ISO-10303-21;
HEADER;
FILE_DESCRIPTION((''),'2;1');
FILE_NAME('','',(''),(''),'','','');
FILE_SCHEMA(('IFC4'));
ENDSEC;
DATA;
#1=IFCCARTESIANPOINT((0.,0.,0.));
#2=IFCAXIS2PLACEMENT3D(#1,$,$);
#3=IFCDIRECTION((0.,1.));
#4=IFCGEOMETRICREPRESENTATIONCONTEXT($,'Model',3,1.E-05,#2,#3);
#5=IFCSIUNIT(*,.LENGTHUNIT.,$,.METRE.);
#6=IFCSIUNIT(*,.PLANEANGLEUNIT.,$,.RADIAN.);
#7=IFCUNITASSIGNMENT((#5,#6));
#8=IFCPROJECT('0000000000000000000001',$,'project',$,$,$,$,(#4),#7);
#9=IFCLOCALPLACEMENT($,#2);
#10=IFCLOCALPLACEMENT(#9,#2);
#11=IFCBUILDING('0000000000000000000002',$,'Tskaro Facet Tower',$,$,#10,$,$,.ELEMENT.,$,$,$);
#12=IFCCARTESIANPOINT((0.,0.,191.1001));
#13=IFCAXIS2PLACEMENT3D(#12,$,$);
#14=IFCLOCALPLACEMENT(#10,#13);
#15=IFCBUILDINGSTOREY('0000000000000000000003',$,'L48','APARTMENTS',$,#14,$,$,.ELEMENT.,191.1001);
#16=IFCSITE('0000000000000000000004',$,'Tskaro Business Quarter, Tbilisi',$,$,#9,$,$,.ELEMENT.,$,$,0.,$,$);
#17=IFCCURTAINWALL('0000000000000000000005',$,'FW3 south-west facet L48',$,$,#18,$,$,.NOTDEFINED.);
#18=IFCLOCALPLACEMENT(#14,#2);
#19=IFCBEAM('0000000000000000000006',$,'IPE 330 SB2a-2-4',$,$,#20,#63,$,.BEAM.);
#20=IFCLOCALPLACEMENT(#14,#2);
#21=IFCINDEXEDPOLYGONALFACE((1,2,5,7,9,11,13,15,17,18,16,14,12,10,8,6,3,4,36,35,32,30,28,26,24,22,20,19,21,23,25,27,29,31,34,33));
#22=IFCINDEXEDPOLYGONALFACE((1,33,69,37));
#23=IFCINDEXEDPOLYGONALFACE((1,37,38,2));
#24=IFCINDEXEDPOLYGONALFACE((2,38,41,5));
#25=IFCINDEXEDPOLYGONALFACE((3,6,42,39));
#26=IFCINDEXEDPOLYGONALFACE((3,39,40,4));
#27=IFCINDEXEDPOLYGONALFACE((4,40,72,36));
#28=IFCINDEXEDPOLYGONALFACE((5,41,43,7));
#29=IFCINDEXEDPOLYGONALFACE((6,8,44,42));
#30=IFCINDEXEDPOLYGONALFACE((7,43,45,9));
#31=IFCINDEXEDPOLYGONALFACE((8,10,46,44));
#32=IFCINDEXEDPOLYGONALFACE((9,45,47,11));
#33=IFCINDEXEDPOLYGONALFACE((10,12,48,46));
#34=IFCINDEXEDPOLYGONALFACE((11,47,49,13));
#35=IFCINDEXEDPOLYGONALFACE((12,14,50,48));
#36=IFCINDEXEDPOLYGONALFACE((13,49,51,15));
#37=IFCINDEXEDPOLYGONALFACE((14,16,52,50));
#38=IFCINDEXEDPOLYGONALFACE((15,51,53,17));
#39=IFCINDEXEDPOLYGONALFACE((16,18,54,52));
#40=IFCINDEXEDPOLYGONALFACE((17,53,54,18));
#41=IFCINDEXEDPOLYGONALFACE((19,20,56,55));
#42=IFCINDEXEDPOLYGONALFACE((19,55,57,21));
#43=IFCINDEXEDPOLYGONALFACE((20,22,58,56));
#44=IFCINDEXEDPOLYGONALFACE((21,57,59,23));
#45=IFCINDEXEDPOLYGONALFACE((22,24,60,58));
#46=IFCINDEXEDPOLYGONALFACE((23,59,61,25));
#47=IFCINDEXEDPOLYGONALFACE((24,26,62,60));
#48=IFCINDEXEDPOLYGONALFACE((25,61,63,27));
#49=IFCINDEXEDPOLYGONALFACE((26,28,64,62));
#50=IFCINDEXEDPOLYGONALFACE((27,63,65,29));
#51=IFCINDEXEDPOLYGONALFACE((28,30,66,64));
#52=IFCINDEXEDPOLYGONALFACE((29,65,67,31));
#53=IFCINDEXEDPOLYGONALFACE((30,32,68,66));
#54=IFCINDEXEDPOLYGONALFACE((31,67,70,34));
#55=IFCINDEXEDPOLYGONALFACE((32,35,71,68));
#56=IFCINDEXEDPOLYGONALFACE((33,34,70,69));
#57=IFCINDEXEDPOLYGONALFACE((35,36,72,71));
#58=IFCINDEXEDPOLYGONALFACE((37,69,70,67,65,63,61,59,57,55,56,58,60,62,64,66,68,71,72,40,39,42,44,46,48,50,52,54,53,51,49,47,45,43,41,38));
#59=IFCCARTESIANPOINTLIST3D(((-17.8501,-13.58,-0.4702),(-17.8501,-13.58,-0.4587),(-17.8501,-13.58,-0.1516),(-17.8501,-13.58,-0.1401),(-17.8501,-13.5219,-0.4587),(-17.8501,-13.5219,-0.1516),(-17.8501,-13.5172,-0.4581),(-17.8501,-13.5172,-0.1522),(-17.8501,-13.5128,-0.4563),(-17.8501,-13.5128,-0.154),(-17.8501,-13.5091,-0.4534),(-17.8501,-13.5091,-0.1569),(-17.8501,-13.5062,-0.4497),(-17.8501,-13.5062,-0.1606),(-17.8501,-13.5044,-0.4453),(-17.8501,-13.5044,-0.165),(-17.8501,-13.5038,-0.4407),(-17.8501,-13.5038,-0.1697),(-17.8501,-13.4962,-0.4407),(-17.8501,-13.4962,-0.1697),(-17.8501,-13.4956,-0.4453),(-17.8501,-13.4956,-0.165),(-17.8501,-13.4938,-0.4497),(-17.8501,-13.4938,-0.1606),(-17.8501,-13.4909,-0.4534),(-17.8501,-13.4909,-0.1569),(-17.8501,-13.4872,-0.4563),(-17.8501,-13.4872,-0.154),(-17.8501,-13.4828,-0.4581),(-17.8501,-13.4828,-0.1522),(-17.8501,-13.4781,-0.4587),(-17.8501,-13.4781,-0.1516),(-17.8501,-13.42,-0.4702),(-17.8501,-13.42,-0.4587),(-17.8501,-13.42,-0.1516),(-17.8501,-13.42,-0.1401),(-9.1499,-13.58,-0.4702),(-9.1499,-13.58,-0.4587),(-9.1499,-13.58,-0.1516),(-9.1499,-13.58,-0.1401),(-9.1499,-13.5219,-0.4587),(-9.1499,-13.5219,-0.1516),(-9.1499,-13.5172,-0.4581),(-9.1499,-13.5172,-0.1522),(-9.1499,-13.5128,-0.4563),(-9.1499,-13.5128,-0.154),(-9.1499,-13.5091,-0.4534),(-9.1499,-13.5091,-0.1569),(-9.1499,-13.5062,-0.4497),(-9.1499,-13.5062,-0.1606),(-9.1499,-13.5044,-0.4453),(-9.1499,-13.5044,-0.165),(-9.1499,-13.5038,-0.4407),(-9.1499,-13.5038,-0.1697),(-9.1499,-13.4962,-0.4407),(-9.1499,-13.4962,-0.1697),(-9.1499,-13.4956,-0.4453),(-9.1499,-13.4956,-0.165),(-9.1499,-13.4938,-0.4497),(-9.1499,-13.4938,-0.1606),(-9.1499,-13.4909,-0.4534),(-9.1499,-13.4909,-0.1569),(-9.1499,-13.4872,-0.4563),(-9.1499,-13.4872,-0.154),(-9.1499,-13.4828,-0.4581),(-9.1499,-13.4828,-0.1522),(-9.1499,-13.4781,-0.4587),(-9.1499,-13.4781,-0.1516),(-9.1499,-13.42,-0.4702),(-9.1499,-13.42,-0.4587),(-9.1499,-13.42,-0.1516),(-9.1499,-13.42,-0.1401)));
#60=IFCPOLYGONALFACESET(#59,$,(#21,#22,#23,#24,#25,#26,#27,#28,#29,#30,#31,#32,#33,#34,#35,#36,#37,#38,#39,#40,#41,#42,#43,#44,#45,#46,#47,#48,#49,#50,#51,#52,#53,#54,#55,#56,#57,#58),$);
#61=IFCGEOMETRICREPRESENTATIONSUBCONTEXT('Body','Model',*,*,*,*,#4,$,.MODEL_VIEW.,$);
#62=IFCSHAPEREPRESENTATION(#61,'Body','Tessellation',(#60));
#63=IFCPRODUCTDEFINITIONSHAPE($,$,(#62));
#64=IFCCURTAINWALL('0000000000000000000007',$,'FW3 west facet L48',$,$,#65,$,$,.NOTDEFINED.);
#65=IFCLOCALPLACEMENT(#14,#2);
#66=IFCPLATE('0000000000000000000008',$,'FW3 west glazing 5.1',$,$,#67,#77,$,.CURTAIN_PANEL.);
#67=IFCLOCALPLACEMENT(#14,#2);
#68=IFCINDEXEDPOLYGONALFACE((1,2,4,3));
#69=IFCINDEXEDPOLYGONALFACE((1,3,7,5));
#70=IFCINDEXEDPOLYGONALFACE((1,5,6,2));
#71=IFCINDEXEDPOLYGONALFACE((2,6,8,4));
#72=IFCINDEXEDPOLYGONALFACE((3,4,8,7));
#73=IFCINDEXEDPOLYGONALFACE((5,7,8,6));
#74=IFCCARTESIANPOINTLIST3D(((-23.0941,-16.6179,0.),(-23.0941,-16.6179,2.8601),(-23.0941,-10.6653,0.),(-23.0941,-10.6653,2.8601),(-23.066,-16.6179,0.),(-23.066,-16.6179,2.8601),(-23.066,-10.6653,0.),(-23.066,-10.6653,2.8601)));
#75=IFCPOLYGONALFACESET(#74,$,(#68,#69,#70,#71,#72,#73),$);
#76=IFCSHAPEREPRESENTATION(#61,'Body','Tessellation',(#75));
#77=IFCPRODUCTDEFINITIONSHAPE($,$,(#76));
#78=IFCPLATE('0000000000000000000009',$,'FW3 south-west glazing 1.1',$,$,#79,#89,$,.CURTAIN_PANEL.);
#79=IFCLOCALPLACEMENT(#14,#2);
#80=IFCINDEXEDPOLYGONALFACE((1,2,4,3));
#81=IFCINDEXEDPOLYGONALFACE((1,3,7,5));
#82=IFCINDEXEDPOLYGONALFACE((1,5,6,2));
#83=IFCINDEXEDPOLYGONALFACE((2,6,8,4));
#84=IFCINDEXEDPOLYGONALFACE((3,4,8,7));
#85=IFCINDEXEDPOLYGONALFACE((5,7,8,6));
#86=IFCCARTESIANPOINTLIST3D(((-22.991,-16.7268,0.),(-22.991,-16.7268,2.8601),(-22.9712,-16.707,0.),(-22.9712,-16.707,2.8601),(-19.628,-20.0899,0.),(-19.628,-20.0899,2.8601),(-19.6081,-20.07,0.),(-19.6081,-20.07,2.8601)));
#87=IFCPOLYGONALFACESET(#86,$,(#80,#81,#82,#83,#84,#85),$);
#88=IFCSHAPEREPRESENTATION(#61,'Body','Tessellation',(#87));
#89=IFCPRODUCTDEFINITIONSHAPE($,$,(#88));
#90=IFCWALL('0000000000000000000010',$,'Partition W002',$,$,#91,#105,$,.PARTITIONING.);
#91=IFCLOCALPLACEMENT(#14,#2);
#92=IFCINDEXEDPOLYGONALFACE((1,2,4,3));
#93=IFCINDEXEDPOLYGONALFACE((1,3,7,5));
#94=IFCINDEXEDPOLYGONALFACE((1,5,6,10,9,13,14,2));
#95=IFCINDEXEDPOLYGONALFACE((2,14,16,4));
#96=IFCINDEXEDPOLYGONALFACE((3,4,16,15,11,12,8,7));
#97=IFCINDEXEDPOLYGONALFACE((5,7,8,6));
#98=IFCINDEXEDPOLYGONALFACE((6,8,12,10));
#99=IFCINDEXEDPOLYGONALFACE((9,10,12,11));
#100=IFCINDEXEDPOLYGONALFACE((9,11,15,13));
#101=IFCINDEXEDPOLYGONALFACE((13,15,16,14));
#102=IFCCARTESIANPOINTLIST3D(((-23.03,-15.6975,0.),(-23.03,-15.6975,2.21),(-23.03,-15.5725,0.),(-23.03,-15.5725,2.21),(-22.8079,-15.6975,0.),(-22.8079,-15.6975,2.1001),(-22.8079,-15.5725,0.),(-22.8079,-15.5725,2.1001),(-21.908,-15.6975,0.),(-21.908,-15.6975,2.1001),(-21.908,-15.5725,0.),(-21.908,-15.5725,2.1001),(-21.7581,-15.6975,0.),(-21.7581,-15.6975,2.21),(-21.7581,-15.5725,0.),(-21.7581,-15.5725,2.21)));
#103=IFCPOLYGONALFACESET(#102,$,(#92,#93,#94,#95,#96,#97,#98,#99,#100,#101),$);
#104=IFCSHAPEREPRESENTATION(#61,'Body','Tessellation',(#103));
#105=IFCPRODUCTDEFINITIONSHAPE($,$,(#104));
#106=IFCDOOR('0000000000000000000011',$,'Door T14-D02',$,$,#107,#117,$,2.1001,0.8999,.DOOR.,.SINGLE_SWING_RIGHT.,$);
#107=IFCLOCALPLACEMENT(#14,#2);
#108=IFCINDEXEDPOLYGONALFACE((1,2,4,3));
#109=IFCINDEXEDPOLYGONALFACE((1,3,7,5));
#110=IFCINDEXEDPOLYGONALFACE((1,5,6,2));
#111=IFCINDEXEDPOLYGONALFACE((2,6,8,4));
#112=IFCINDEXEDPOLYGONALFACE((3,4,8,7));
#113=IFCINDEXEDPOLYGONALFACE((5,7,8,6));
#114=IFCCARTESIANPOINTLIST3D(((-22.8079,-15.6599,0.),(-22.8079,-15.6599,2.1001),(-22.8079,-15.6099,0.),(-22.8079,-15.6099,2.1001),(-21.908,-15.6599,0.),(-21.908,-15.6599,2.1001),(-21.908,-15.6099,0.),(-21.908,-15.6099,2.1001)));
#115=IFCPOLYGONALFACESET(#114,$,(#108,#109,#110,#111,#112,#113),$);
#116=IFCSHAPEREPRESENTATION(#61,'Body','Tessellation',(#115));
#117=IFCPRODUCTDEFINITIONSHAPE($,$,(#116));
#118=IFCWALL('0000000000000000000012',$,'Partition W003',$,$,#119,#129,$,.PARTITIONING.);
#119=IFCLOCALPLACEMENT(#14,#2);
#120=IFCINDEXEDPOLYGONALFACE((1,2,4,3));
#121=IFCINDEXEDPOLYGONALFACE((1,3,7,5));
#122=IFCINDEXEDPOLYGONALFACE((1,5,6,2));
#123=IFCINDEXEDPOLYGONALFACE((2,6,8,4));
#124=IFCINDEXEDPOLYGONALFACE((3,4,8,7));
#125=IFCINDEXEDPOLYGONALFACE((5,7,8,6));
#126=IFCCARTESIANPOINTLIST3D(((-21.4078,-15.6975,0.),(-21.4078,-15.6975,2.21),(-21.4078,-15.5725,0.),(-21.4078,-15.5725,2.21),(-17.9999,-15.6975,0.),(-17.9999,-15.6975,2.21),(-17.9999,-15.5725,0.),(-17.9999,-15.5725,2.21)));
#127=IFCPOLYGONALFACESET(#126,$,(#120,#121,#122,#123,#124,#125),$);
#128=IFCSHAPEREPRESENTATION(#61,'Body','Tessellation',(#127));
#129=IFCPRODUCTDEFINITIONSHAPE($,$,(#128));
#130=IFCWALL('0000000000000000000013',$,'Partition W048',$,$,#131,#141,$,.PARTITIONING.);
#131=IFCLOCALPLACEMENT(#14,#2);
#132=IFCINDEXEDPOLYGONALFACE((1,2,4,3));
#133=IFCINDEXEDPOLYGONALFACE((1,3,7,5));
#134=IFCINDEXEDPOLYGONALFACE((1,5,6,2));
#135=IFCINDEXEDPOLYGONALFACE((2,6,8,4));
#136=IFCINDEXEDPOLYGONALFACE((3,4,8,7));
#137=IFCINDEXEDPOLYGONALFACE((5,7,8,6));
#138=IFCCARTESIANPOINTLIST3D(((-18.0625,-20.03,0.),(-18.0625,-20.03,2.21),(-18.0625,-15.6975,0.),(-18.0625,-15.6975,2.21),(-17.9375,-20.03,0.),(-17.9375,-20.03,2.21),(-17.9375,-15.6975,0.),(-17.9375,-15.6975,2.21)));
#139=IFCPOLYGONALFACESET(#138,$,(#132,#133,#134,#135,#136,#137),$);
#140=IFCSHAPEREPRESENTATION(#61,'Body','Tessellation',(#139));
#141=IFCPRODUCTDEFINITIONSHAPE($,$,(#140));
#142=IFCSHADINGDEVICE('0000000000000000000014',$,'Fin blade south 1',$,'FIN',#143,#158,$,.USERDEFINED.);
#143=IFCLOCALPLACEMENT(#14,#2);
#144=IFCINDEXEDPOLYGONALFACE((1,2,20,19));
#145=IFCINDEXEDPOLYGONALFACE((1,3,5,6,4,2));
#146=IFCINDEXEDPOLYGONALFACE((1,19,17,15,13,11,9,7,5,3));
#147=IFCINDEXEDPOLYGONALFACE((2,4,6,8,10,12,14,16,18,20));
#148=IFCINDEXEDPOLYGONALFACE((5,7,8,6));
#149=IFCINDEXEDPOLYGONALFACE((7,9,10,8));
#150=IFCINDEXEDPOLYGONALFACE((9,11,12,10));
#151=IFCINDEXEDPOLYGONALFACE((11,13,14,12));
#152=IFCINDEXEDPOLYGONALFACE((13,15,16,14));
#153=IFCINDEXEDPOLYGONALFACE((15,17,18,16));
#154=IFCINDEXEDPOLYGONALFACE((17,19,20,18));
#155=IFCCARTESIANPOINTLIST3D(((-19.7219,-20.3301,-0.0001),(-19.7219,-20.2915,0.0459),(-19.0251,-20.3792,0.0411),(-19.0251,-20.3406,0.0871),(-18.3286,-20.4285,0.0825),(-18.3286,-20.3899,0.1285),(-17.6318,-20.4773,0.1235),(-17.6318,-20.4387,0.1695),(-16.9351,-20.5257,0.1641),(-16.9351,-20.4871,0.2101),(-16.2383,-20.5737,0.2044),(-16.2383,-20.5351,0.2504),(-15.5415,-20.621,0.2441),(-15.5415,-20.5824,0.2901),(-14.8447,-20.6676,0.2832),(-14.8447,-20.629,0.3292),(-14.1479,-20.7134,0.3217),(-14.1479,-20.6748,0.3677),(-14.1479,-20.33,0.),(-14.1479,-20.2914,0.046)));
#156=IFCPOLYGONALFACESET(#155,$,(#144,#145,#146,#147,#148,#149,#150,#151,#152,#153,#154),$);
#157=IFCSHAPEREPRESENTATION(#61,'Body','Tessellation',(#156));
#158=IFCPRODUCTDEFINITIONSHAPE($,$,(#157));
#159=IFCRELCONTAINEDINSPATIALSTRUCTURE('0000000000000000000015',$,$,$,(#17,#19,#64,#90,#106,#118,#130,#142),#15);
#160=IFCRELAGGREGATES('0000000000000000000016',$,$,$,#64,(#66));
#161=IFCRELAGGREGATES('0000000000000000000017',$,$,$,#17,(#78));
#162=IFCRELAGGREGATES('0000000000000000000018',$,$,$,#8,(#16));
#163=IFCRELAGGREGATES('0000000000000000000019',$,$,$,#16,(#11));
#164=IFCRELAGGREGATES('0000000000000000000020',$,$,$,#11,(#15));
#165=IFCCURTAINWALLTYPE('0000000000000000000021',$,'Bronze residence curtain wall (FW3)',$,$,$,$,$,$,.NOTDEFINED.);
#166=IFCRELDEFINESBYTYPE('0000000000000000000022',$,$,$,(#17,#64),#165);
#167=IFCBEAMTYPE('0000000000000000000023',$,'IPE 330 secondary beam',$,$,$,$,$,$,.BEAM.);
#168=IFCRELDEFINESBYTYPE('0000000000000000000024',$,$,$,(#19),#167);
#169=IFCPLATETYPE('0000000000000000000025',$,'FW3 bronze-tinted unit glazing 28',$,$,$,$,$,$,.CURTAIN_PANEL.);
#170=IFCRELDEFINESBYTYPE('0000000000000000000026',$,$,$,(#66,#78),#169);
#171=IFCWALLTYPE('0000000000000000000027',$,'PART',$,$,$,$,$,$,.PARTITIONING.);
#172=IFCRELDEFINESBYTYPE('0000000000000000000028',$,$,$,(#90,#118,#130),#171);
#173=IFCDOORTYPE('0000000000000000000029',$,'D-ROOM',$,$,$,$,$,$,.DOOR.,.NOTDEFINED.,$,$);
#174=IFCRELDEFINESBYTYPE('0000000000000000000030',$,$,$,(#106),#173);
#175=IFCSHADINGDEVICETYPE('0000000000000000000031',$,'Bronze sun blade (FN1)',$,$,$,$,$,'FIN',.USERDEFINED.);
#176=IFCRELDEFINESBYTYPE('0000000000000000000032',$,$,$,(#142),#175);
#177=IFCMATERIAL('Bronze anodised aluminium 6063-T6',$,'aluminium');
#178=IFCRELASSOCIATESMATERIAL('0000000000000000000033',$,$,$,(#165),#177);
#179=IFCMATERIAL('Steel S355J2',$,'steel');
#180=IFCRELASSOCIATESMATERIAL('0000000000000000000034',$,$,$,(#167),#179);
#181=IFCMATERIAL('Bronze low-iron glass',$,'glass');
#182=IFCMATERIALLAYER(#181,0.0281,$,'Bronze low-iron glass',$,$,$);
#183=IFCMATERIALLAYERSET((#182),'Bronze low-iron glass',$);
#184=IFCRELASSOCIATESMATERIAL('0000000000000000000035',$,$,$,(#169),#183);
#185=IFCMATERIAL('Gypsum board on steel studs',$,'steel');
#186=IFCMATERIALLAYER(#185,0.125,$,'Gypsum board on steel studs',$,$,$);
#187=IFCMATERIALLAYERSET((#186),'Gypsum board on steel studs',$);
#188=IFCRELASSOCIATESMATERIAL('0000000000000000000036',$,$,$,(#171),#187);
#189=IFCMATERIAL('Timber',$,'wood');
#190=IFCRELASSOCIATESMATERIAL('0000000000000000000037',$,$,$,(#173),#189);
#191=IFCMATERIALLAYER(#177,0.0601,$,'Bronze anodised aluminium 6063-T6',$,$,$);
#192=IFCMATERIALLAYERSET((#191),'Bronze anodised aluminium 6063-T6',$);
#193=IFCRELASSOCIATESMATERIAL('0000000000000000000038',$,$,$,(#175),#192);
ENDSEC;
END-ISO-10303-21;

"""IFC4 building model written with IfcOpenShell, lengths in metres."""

from ifc_helpers import new_model, si_unit, direction, frame, frame_2d, origin, origin_2d, place, context, subcontext, project, spatial, polyline, rectangle, i_section, outline, extrude, material, layer, layer_set, material_profile, profile_set, type_object, element, fill, aggregate, save


model = new_model("IFC4")

# Units and contexts
model_context = context("Model", 3, precision=1e-05, world=origin(), true_north=direction((0.0, 1.0)))
body_context = subcontext(model_context, "Body", "Model", "MODEL_VIEW")
ifc_project = project(units=[si_unit("LENGTHUNIT", "METRE"), si_unit("PLANEANGLEUNIT", "RADIAN")], contexts=[model_context])

# Site, building, storey
site_placement = place(None, origin())
site = spatial("IfcSite", under=ifc_project, at=site_placement, Name="Tskaro Business Quarter, Tbilisi", CompositionType="ELEMENT", RefElevation=0.0)
building_placement = place(site_placement, origin())
building = spatial("IfcBuilding", under=site, at=building_placement, Name="Tskaro Facet Tower", CompositionType="ELEMENT")
storey_placement = place(building_placement, frame((0.0, 0.0, 191.1001)))
storey = spatial("IfcBuildingStorey", under=building, at=storey_placement, Name="L48", Description="APARTMENTS", CompositionType="ELEMENT", Elevation=191.1001)

# Curtain wall
ifc_material_1 = material(Name="Bronze anodised aluminium 6063-T6", Category="aluminium")
curtain_wall_type = type_object("IfcCurtainWallType", Name="Bronze residence curtain wall (FW3)", PredefinedType="NOTDEFINED", material=ifc_material_1)
curtain_wall_1_placement = place(storey_placement, origin())
curtain_wall_1 = element("IfcCurtainWall", 1, at=curtain_wall_1_placement, inside=storey, type_object=curtain_wall_type, Name="FW3 south-west facet L48", PredefinedType="NOTDEFINED")

# Beam
ifc_material_2 = material(Name="Steel S355J2", Category="steel")
ifc_material_profile_1 = material_profile(ifc_material_2, i_section(OverallWidth=0.1599, OverallDepth=0.3301, WebThickness=0.0076, FlangeThickness=0.0115, FilletRadius=0.0181, at=origin_2d()), Name="IPE 330")
ifc_profile_set_1 = profile_set([ifc_material_profile_1], Name="Steel S355J2")
beam_type_1 = type_object("IfcBeamType", Name="IPE 330 secondary beam", PredefinedType="BEAM", material=ifc_profile_set_1)
beam_1_placement = place(storey_placement, frame((-17.8501, -13.5, -0.3052), z_axis=(1.0, 0.0, 0.0), x_axis=(0.0, 1.0, 0.0)))
element("IfcBeam", 2, at=beam_1_placement, inside=storey, type_object=beam_type_1, Name="IPE 330 SB2a-2-4", PredefinedType="BEAM", context=body_context, shape_type="SweptSolid", body=[
    extrude(i_section(OverallWidth=0.1599, OverallDepth=0.3301, WebThickness=0.0076, FlangeThickness=0.0115, FilletRadius=0.0181, at=origin_2d()), origin(), (0.0, 0.0, 1.0), 8.7002),
])

# Curtain wall, plate
curtain_wall_2_placement = place(storey_placement, origin())
curtain_wall_2 = element("IfcCurtainWall", 3, at=curtain_wall_2_placement, inside=storey, type_object=curtain_wall_type, Name="FW3 west facet L48", PredefinedType="NOTDEFINED")
ifc_material_3 = material(Name="Bronze low-iron glass", Category="glass")
ifc_layer_1 = layer(ifc_material_3, 0.0281, Name="Bronze low-iron glass")
ifc_layer_set_1 = layer_set([ifc_layer_1], Name="Bronze low-iron glass")
plate_type = type_object("IfcPlateType", Name="FW3 bronze-tinted unit glazing 28", PredefinedType="CURTAIN_PANEL", material=ifc_layer_set_1)
plate_1_placement = place(storey_placement, frame((-23.0801, -13.6416, 0.0), z_axis=(0.0, 0.0, 1.0), x_axis=(0.0, -1.0, 0.0)))
plate_1 = element("IfcPlate", 4, at=plate_1_placement, type_object=plate_type, Name="FW3 west glazing 5.1", PredefinedType="CURTAIN_PANEL", context=body_context, shape_type="SweptSolid", body=[
    extrude(rectangle(XDim=5.9526, YDim=0.0281, at=origin_2d()), origin(), (0.0, 0.0, 1.0), 2.8601),
])
aggregate(curtain_wall_2, [plate_1])

# Plate
plate_2_placement = place(storey_placement, frame((-21.2996, -18.3984, 0.0), z_axis=(0.0, 0.0, 1.0), x_axis=(0.707107, -0.707107, 0.0)))
plate_2 = element("IfcPlate", 5, at=plate_2_placement, type_object=plate_type, Name="FW3 south-west glazing 1.1", PredefinedType="CURTAIN_PANEL", context=body_context, shape_type="SweptSolid", body=[
    extrude(rectangle(XDim=4.7561, YDim=0.0281, at=origin_2d()), origin(), (0.0, 0.0, 1.0), 2.8601),
])
aggregate(curtain_wall_1, [plate_2])

# Wall, opening, door
ifc_material_4 = material(Name="Gypsum board on steel studs", Category="steel")
ifc_layer_2 = layer(ifc_material_4, 0.125, Name="Gypsum board on steel studs")
ifc_layer_set_2 = layer_set([ifc_layer_2], Name="Gypsum board on steel studs")
wall_type = type_object("IfcWallType", Name="PART", PredefinedType="PARTITIONING", material=ifc_layer_set_2)
wall_1_placement = place(storey_placement, frame((-21.7581, -15.635, 0.0), z_axis=(0.0, 0.0, 1.0), x_axis=(-1.0, 0.0, 0.0)))
wall_1 = element("IfcWall", 6, at=wall_1_placement, inside=storey, type_object=wall_type, Name="Partition W002", PredefinedType="PARTITIONING", context=body_context, shape_type="SweptSolid", body=[
    extrude(rectangle(XDim=1.272, YDim=0.125, at=frame_2d((0.636, 0.0))), origin(), (0.0, 0.0, 1.0), 2.21),
])
opening_placement = place(wall_1_placement, frame((0.1499, 0.0, 0.0)))
opening = element("IfcOpeningElement", 7, at=opening_placement, cuts=wall_1, PredefinedType="OPENING", context=body_context, shape_type="SweptSolid", body=[
    extrude(rectangle(XDim=0.8999, YDim=2.1001, at=frame_2d((0.45, 1.05))), frame((0.0, 0.0725, 0.0), z_axis=(0.0, -1.0, 0.0), x_axis=(1.0, 0.0, 0.0)), (0.0, 0.0, 1.0), 0.145),
])
ifc_material_5 = material(Name="Timber", Category="wood")
door_type = type_object("IfcDoorType", Name="D-ROOM", OperationType="NOTDEFINED", PredefinedType="DOOR", material=ifc_material_5)
door_placement = place(opening_placement, origin())
door = element("IfcDoor", 8, at=door_placement, inside=storey, type_object=door_type, Name="Door T14-D02", OperationType="SINGLE_SWING_RIGHT", OverallHeight=2.1001, OverallWidth=0.8999, PredefinedType="DOOR", context=body_context, shape_type="SweptSolid", body=[
    extrude(rectangle(XDim=0.8999, YDim=2.1001, at=frame_2d((0.45, 1.05))), frame((0.0, 0.0249, 0.0), z_axis=(0.0, -1.0, 0.0), x_axis=(1.0, 0.0, 0.0)), (0.0, 0.0, 1.0), 0.05),
])
fill(opening, door)

# Walls
wall_2_placement = place(storey_placement, frame((-21.408, -15.635, 0.0), z_axis=(0.0, 0.0, 1.0), x_axis=(1.0, 0.0, 0.0)))
element("IfcWall", 9, at=wall_2_placement, inside=storey, type_object=wall_type, Name="Partition W003", PredefinedType="PARTITIONING", context=body_context, shape_type="SweptSolid", body=[
    extrude(rectangle(XDim=3.408, YDim=0.125, at=frame_2d((1.7041, 0.0))), origin(), (0.0, 0.0, 1.0), 2.21),
])
wall_3_placement = place(storey_placement, frame((-18.0, -20.03, 0.0), z_axis=(0.0, 0.0, 1.0), x_axis=(0.0, 1.0, 0.0)))
element("IfcWall", 10, at=wall_3_placement, inside=storey, type_object=wall_type, Name="Partition W048", PredefinedType="PARTITIONING", context=body_context, shape_type="SweptSolid", body=[
    extrude(rectangle(XDim=4.3325, YDim=0.125, at=frame_2d((2.1663, 0.0))), origin(), (0.0, 0.0, 1.0), 2.21),
])

# Shading device
ifc_layer_3 = layer(ifc_material_1, 0.0601, Name="Bronze anodised aluminium 6063-T6")
ifc_layer_set_3 = layer_set([ifc_layer_3], Name="Bronze anodised aluminium 6063-T6")
shading_device_type = type_object("IfcShadingDeviceType", Name="Bronze sun blade (FN1)", ElementType="FIN", PredefinedType="USERDEFINED", material=ifc_layer_set_3)
shading_device_placement = place(storey_placement, frame((-19.7219, -20.2915, 0.0459), z_axis=(-0.000018, 0.642808, 0.766027), x_axis=(1.0, 0.000011, 0.000014)))
element("IfcShadingDevice", 11, at=shading_device_placement, inside=storey, type_object=shading_device_type, Name="Fin blade south 1", ObjectType="FIN", PredefinedType="USERDEFINED", context=body_context, shape_type="SweptSolid", body=[
    extrude(outline(polyline([(0.0, 0.0), (5.574, 0.0), (5.574, -0.5005), (4.8772, -0.4407), (4.1804, -0.3799), (3.4836, -0.318), (2.7869, -0.2554), (2.0901, -0.1922), (1.3933, -0.1284), (0.6968, -0.0641), (0.0, 0.0)])), origin(), (0.0, 0.0, -1.0), 0.0601),
])

save(model, "model.ifc")
